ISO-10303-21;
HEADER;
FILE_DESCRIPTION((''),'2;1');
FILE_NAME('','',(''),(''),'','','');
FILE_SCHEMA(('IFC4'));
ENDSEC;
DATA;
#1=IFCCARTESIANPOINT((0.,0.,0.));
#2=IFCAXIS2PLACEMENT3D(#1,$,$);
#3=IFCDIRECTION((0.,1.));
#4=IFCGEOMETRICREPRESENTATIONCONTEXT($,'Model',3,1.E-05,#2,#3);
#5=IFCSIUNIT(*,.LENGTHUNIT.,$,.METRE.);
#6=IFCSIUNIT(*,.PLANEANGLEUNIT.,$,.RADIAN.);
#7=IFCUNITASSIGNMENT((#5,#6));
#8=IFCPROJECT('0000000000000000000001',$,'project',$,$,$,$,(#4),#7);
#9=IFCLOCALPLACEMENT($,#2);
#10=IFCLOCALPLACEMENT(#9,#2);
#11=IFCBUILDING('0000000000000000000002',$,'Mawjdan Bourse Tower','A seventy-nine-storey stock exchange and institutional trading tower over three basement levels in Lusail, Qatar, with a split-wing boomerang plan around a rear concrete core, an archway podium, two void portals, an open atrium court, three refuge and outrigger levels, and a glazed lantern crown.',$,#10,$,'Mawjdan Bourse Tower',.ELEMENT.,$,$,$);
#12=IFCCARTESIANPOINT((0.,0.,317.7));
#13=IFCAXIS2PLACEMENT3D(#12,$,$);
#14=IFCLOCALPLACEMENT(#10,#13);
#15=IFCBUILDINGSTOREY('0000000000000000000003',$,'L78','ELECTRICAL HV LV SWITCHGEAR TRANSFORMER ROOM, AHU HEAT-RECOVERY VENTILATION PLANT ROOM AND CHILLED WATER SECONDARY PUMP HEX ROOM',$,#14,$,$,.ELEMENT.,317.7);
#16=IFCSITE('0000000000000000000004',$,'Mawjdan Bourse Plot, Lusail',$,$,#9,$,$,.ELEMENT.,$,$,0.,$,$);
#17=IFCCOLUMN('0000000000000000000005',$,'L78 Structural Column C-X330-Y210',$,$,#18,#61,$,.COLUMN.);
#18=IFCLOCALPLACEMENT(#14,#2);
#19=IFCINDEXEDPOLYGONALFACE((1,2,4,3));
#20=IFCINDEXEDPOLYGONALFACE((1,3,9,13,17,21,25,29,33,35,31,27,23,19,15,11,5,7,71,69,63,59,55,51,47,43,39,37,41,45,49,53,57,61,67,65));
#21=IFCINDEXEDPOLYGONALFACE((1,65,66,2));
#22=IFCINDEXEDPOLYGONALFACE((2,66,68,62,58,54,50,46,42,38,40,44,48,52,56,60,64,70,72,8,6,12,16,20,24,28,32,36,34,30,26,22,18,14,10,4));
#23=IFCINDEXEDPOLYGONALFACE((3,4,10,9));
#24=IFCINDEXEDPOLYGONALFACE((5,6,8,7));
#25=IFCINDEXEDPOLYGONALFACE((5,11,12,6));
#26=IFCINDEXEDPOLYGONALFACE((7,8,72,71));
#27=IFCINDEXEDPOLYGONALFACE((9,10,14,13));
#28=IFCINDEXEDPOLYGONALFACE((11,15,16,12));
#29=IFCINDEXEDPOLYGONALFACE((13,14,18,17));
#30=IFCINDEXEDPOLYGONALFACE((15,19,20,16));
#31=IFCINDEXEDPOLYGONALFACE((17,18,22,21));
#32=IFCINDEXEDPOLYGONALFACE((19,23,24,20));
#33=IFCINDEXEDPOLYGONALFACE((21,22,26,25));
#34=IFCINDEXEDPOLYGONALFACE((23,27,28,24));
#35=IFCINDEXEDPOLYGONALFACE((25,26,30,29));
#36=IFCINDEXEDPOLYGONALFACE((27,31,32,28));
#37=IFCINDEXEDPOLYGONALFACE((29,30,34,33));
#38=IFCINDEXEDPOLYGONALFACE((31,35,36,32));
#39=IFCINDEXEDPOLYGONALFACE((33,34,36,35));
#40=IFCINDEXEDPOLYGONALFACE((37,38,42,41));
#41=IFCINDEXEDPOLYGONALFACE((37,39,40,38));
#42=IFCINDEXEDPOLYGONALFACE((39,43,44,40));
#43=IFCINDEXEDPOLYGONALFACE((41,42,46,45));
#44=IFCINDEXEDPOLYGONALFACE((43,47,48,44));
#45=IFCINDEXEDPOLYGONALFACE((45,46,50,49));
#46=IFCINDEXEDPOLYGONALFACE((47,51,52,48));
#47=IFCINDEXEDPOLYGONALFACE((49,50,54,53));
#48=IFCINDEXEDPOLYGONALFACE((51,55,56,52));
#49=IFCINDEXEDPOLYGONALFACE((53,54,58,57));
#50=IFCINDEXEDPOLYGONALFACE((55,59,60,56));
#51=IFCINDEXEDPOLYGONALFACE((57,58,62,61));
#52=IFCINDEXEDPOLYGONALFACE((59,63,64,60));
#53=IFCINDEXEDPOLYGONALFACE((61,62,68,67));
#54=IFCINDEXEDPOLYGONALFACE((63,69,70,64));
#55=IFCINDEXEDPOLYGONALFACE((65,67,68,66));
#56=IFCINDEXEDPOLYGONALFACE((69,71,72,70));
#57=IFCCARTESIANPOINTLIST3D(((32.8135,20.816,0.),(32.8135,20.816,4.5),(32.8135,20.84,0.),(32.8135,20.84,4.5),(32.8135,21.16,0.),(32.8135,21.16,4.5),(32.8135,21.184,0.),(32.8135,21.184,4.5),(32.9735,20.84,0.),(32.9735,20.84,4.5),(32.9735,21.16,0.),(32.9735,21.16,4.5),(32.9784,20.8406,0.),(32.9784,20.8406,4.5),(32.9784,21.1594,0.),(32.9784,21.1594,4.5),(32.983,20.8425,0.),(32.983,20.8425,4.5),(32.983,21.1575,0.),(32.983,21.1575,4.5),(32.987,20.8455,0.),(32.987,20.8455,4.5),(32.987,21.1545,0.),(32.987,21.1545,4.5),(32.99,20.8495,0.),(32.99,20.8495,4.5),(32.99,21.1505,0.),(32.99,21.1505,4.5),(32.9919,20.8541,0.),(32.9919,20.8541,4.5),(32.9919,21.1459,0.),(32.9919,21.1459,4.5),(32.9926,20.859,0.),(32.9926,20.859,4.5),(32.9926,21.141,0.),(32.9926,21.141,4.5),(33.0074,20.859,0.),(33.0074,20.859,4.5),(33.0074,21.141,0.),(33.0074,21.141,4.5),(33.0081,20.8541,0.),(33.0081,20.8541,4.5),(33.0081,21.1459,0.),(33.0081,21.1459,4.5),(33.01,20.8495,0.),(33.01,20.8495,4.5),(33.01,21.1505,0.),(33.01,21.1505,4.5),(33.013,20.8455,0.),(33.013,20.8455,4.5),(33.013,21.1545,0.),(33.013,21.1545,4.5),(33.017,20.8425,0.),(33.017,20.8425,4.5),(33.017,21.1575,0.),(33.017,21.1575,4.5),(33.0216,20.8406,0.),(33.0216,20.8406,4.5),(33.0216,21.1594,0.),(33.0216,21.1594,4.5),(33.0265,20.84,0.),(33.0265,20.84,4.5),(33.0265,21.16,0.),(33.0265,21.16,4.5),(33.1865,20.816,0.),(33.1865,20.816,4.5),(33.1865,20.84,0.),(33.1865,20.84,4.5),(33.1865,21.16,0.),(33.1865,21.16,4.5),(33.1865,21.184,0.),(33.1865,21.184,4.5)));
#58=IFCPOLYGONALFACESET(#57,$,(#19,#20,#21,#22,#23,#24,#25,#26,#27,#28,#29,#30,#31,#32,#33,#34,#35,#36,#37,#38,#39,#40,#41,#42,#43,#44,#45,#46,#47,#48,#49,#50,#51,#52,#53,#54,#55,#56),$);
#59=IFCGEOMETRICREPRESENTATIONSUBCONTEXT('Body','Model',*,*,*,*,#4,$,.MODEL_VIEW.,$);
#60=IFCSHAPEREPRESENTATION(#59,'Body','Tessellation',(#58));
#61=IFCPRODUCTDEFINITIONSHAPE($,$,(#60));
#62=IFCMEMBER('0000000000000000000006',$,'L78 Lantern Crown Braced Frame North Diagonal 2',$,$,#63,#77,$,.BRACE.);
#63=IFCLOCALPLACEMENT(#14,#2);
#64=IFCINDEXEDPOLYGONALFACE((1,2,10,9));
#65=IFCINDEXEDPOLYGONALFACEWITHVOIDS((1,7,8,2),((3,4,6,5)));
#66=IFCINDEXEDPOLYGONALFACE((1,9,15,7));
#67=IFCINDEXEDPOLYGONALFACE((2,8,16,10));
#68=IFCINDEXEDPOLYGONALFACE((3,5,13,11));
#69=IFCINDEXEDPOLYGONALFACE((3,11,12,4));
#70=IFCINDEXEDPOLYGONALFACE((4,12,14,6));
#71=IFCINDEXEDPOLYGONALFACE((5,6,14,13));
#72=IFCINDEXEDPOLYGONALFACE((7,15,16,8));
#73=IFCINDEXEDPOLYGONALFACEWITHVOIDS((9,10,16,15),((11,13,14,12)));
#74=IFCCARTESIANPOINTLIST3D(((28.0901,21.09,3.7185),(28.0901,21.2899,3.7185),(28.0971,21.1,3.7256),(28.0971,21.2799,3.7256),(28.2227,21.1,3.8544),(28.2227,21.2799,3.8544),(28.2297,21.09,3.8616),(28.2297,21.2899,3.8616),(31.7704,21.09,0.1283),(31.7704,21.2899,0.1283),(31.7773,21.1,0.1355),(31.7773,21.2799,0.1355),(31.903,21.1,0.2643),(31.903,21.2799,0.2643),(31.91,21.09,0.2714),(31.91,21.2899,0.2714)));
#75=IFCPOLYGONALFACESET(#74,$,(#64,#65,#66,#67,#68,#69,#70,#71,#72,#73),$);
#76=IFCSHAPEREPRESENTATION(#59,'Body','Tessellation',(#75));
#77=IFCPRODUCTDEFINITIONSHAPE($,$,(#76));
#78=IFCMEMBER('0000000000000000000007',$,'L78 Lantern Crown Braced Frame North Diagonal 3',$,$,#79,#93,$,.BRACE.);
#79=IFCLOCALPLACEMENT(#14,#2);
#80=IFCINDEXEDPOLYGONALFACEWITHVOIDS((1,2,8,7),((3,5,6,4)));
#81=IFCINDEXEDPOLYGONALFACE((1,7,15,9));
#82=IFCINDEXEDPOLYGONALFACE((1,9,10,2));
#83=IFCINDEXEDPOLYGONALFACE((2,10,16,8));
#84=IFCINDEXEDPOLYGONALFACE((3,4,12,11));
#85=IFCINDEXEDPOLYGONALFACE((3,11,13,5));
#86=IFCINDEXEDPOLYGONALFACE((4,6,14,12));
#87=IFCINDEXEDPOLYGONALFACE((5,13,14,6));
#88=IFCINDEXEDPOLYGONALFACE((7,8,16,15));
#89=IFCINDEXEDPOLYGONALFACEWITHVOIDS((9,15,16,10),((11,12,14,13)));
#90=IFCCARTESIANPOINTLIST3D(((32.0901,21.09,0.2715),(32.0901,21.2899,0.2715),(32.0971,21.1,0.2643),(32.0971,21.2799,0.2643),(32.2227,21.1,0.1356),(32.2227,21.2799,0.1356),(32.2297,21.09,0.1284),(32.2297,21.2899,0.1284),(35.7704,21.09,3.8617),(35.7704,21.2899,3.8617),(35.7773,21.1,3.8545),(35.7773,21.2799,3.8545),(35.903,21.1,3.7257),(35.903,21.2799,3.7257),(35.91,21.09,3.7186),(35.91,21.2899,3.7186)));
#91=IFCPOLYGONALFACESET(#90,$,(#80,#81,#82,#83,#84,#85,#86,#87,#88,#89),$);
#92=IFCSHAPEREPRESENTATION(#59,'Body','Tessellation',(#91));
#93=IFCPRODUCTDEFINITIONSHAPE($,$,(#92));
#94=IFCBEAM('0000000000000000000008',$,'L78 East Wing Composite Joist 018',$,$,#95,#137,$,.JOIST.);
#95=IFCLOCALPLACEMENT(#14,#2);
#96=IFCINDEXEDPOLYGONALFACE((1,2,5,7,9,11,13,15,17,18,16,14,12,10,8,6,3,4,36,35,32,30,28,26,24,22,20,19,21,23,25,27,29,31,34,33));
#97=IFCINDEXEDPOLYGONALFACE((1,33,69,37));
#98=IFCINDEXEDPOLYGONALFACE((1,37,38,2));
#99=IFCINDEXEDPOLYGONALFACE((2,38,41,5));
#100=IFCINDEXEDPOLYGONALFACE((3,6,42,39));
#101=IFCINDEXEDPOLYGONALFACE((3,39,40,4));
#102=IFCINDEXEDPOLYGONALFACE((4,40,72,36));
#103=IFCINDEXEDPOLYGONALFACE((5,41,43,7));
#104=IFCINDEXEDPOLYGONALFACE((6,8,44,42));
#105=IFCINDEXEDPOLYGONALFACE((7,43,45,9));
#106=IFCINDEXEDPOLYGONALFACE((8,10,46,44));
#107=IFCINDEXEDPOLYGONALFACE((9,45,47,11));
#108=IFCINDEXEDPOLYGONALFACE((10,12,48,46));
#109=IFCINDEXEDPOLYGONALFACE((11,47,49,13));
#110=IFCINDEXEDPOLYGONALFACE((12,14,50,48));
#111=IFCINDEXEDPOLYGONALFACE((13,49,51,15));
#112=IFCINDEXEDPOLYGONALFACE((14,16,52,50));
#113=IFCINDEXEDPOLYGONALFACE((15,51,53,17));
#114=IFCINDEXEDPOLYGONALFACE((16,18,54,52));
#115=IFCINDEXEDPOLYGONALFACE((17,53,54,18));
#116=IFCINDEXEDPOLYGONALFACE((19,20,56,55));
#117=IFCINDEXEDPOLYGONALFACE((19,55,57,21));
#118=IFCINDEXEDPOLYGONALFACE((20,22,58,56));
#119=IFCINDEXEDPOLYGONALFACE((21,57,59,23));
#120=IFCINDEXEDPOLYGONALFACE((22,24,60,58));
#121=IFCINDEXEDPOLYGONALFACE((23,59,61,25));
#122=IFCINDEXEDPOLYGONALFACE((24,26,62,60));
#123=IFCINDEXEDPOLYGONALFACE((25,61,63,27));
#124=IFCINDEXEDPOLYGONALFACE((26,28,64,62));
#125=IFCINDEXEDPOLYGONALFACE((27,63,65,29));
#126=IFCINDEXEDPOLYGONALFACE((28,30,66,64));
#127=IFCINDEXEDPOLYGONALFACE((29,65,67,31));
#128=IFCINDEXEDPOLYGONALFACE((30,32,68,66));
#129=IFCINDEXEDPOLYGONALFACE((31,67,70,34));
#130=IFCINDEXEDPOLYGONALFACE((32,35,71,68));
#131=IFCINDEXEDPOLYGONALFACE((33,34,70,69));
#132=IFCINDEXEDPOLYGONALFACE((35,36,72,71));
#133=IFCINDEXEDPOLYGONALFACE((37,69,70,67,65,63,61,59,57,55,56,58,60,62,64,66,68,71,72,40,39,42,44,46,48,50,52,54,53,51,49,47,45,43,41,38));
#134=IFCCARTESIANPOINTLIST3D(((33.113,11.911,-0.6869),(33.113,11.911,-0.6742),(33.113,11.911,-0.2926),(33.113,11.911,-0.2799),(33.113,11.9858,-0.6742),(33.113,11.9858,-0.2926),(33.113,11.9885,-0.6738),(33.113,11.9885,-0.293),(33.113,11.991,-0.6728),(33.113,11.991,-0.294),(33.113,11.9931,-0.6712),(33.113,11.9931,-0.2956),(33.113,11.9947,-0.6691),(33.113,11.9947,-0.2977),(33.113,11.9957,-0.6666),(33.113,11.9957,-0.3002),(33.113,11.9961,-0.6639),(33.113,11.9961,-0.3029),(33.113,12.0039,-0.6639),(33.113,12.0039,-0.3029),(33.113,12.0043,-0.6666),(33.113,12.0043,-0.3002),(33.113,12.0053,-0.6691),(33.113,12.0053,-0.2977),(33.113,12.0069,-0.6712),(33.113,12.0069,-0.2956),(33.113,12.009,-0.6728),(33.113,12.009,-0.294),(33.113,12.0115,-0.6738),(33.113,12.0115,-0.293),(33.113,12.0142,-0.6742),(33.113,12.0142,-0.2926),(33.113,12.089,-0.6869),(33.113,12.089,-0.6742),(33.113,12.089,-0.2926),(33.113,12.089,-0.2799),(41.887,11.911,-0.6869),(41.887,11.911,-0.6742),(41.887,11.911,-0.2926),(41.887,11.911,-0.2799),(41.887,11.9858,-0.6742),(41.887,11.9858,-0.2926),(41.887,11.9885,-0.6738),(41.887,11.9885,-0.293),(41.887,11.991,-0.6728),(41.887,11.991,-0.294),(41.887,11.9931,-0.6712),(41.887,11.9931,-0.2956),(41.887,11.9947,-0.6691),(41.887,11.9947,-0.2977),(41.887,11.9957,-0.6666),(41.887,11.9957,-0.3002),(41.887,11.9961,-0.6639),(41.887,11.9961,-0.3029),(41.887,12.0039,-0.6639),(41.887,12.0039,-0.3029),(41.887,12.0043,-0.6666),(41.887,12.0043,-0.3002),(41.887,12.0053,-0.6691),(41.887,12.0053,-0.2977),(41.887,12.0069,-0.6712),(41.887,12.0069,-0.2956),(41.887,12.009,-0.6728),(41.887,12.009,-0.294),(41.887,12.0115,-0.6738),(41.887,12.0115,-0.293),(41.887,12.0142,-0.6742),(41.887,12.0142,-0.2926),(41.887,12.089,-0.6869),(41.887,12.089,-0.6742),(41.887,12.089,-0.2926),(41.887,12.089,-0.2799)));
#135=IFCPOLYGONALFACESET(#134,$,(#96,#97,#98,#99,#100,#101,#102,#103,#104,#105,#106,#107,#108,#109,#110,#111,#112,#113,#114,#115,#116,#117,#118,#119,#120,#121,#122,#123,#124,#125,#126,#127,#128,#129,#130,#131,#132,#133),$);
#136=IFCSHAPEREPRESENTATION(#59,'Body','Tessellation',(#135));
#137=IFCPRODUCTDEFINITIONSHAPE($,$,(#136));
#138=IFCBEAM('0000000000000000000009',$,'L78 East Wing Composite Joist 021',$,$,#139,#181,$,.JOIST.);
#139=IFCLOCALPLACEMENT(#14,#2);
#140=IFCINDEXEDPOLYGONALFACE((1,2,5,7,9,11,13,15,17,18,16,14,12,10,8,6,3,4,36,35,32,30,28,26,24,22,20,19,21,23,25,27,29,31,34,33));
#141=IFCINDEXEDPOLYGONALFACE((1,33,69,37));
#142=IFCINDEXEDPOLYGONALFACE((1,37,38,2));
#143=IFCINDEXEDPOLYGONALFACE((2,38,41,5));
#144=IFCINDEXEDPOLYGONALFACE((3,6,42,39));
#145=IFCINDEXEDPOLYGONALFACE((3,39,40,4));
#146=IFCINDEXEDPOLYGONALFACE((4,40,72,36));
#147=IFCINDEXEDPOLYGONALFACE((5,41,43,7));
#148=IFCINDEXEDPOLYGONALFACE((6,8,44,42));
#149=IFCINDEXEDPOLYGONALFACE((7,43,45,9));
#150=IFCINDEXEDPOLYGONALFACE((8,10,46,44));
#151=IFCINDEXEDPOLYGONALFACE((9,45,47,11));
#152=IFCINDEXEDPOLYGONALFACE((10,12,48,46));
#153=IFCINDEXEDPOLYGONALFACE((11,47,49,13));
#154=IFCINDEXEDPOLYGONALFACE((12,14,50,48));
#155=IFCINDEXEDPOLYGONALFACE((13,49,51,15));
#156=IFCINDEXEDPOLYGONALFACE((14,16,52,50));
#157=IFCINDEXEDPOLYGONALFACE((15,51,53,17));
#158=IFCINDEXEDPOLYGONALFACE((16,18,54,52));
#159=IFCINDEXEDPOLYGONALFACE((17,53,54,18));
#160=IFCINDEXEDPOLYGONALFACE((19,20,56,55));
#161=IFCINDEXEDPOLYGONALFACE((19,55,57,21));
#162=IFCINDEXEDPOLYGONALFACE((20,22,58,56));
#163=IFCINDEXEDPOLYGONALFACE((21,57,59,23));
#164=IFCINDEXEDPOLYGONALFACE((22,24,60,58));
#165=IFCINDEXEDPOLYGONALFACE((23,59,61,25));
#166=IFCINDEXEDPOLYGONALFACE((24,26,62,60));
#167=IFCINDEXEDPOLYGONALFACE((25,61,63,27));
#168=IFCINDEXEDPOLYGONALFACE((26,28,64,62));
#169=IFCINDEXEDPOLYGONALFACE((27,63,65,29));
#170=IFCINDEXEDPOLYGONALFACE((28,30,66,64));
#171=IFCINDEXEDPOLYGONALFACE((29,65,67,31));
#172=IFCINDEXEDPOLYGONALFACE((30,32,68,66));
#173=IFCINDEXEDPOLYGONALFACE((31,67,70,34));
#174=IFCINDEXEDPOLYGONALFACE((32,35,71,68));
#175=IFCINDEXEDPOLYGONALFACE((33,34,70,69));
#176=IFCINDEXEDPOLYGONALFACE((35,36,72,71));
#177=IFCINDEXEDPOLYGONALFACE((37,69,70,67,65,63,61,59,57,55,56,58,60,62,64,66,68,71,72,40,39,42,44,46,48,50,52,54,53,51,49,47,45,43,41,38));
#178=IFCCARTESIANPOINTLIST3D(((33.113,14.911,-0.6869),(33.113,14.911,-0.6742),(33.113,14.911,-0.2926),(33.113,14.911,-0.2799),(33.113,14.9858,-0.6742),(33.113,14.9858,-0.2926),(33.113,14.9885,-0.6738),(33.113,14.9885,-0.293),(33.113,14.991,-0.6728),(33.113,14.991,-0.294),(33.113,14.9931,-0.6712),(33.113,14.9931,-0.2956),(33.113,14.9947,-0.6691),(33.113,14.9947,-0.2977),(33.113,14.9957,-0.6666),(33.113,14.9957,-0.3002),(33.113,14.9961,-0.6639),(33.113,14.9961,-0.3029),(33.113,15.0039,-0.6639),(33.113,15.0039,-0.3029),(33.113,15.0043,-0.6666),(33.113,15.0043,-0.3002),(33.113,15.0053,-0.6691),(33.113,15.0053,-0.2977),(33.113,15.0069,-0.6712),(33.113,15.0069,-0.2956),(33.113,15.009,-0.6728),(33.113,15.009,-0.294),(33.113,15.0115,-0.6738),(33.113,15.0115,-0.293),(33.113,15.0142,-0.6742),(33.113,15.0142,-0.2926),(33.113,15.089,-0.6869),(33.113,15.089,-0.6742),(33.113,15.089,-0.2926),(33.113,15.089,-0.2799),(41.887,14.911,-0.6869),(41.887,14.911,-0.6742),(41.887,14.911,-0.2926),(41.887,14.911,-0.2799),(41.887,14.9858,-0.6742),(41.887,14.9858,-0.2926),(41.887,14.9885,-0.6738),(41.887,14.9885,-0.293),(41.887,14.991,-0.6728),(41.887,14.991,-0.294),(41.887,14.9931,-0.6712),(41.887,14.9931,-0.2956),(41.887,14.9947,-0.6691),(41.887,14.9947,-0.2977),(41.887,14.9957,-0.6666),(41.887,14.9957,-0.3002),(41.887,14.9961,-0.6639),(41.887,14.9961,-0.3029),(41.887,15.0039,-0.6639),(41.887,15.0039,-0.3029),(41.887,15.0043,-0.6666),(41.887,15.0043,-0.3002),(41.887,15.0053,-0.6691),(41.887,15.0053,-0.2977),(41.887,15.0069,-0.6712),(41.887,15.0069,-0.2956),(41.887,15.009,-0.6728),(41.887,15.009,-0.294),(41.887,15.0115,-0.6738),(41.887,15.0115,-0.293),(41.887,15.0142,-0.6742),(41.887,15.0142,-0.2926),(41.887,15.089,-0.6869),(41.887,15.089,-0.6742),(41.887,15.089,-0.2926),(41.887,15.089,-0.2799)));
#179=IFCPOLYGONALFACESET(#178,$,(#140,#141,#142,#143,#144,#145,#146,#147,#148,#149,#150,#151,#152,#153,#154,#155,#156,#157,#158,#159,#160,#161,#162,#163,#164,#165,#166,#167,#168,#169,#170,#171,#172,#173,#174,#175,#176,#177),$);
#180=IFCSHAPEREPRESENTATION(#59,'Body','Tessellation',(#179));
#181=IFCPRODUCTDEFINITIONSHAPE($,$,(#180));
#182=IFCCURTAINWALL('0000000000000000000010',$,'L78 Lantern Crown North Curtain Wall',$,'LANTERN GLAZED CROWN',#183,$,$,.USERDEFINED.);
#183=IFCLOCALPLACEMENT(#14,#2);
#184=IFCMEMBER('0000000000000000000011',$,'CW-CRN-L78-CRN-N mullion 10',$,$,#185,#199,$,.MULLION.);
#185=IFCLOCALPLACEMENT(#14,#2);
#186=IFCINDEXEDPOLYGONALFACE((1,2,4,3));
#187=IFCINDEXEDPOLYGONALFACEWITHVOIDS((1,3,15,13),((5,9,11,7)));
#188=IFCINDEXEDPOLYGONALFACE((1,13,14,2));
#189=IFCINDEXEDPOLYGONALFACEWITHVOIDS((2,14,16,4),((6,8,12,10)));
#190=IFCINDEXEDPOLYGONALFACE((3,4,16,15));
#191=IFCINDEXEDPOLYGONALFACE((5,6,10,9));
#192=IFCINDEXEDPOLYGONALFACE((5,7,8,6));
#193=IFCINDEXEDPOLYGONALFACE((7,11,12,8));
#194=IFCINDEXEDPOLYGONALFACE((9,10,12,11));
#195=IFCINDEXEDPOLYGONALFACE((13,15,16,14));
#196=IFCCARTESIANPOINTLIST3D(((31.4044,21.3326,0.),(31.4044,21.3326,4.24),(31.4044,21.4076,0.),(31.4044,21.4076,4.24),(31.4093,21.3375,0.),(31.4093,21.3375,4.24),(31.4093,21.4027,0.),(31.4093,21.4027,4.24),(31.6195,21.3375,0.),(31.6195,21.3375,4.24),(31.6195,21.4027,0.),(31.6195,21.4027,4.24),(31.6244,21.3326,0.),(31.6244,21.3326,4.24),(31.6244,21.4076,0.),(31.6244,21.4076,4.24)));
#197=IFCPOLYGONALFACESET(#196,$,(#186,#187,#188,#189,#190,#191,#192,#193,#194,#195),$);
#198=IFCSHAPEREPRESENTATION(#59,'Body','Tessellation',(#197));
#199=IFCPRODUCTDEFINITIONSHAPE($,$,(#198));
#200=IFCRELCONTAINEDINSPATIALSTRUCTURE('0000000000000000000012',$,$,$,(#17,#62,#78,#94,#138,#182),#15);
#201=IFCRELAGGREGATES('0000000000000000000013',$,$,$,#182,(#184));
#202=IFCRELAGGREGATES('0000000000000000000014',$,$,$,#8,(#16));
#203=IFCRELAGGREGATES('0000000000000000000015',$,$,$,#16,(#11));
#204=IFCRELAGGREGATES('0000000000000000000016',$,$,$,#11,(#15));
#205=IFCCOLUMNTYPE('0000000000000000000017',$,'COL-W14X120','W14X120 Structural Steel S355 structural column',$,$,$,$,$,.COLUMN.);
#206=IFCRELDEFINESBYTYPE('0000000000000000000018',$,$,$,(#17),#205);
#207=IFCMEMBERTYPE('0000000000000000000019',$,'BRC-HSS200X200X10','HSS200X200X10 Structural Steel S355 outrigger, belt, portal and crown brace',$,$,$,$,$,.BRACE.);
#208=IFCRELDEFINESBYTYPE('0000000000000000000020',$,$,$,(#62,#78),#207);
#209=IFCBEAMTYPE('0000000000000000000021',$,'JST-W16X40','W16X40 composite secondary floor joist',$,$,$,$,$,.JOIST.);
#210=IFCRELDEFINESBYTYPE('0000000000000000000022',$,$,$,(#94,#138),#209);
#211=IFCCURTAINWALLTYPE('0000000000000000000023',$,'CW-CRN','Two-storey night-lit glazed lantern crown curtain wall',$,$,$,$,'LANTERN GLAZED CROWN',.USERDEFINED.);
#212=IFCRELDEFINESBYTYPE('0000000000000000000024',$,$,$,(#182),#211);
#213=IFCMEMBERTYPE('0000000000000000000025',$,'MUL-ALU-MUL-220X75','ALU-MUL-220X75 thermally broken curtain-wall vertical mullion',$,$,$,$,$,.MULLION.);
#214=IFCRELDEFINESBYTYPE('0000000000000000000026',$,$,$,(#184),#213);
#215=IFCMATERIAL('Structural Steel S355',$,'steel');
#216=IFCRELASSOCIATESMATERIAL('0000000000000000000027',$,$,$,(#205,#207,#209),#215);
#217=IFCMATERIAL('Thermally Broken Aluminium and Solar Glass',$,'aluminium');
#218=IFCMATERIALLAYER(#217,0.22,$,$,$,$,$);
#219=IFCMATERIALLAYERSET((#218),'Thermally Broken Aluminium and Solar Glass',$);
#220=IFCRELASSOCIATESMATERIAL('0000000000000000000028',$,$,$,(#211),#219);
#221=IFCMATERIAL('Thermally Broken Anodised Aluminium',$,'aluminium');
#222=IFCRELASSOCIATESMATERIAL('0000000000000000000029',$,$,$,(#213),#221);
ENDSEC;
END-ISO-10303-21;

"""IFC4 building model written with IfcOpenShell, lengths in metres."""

from ifc_helpers import new_model, si_unit, direction, frame, origin, origin_2d, place, context, subcontext, project, spatial, hollow_rectangle, i_section, extrude, material, layer, layer_set, material_profile, profile_set, type_object, element, aggregate, save


model = new_model("IFC4")

# Units and contexts
model_context = context("Model", 3, precision=1e-05, world=origin(), true_north=direction((0.0, 1.0)))
body_context = subcontext(model_context, "Body", "Model", "MODEL_VIEW")
ifc_project = project(units=[si_unit("LENGTHUNIT", "METRE"), si_unit("PLANEANGLEUNIT", "RADIAN")], contexts=[model_context])

# Site, building, storey
site_placement = place(None, origin())
site = spatial("IfcSite", under=ifc_project, at=site_placement, Name="Mawjdan Bourse Plot, Lusail", CompositionType="ELEMENT", RefElevation=0.0)
building_placement = place(site_placement, origin())
building = spatial("IfcBuilding", under=site, at=building_placement, Name="Mawjdan Bourse Tower", Description="A seventy-nine-storey stock exchange and institutional trading tower over three basement levels in Lusail, Qatar, with a split-wing boomerang plan around a rear concrete core, an archway podium, two void portals, an open atrium court, three refuge and outrigger levels, and a glazed lantern crown.", LongName="Mawjdan Bourse Tower", CompositionType="ELEMENT")
storey_placement = place(building_placement, frame((0.0, 0.0, 317.7)))
storey = spatial("IfcBuildingStorey", under=building, at=storey_placement, Name="L78", Description="ELECTRICAL HV LV SWITCHGEAR TRANSFORMER ROOM, AHU HEAT-RECOVERY VENTILATION PLANT ROOM AND CHILLED WATER SECONDARY PUMP HEX ROOM", CompositionType="ELEMENT", Elevation=317.7)

# Column
ifc_material_1 = material(Name="Structural Steel S355", Category="steel")
ifc_material_profile_1 = material_profile(ifc_material_1, i_section(OverallWidth=0.373, OverallDepth=0.3679, WebThickness=0.0149, FlangeThickness=0.0239, FilletRadius=0.019, at=origin_2d()), Name="W14X120")
ifc_profile_set_1 = profile_set([ifc_material_profile_1], Name="Structural Steel S355")
column_type = type_object("IfcColumnType", Name="COL-W14X120", Description="W14X120 Structural Steel S355 structural column", PredefinedType="COLUMN", material=ifc_profile_set_1)
column_placement = place(storey_placement, frame((33.0, 21.0, 0.0), z_axis=(0.0, 0.0, 1.0), x_axis=(1.0, 0.0, 0.0)))
element("IfcColumn", 1, at=column_placement, inside=storey, type_object=column_type, Name="L78 Structural Column C-X330-Y210", PredefinedType="COLUMN", context=body_context, shape_type="SweptSolid", body=[
    extrude(i_section(OverallWidth=0.373, OverallDepth=0.3679, WebThickness=0.0149, FlangeThickness=0.0239, FilletRadius=0.019, at=origin_2d()), origin(), (0.0, 0.0, 1.0), 4.5),
])

# Members
ifc_material_profile_2 = material_profile(ifc_material_1, hollow_rectangle(XDim=0.2, YDim=0.2, WallThickness=0.01, at=origin_2d()), Name="HSS200X200X10")
ifc_profile_set_2 = profile_set([ifc_material_profile_2], Name="Structural Steel S355")
member_type_1 = type_object("IfcMemberType", Name="BRC-HSS200X200X10", Description="HSS200X200X10 Structural Steel S355 outrigger, belt, portal and crown brace", PredefinedType="BRACE", material=ifc_profile_set_2)
for number, where, z_axis, x_axis, name in (
    (2, (28.1599, 21.1899, 3.79), (0.715814, 0.0, -0.698291), (0.0, 1.0, 0.0), "L78 Lantern Crown Braced Frame North Diagonal 2"),
    (3, (32.1599, 21.1899, 0.2), (0.715814, 0.0, 0.698291), (0.0, 1.0, 0.0), "L78 Lantern Crown Braced Frame North Diagonal 3"),
):
    element("IfcMember", number, at=place(storey_placement, frame(where, z_axis=z_axis, x_axis=x_axis)), inside=storey, type_object=member_type_1, Name=name, PredefinedType="BRACE", context=body_context, shape_type="SweptSolid", body=[
        extrude(hollow_rectangle(XDim=0.2, YDim=0.2, WallThickness=0.01, at=origin_2d()), origin(), (0.0, 0.0, 1.0), 5.1414),
    ])

# Beams
ifc_material_profile_3 = material_profile(ifc_material_1, i_section(OverallWidth=0.178, OverallDepth=0.407, WebThickness=0.0078, FlangeThickness=0.0127, FilletRadius=0.0103, at=origin_2d()), Name="W16X40")
ifc_profile_set_3 = profile_set([ifc_material_profile_3], Name="Structural Steel S355")
beam_type_1 = type_object("IfcBeamType", Name="JST-W16X40", Description="W16X40 composite secondary floor joist", PredefinedType="JOIST", material=ifc_profile_set_3)
for number, where, z_axis, x_axis, name in (
    (4, (33.113, 12.0, -0.4834), (1.0, 0.0, 0.0), (0.0, 1.0, 0.0), "L78 East Wing Composite Joist 018"),
    (5, (33.113, 15.0, -0.4834), (1.0, 0.0, 0.0), (0.0, 1.0, 0.0), "L78 East Wing Composite Joist 021"),
):
    element("IfcBeam", number, at=place(storey_placement, frame(where, z_axis=z_axis, x_axis=x_axis)), inside=storey, type_object=beam_type_1, Name=name, PredefinedType="JOIST", context=body_context, shape_type="SweptSolid", body=[
        extrude(i_section(OverallWidth=0.178, OverallDepth=0.407, WebThickness=0.0078, FlangeThickness=0.0127, FilletRadius=0.0103, at=origin_2d()), origin(), (0.0, 0.0, 1.0), 8.7739),
    ])

# Curtain wall, member
ifc_material_2 = material(Name="Thermally Broken Aluminium and Solar Glass", Category="aluminium")
ifc_layer_1 = layer(ifc_material_2, 0.22)
ifc_layer_set_1 = layer_set([ifc_layer_1], Name="Thermally Broken Aluminium and Solar Glass")
curtain_wall_type = type_object("IfcCurtainWallType", Name="CW-CRN", Description="Two-storey night-lit glazed lantern crown curtain wall", ElementType="LANTERN GLAZED CROWN", PredefinedType="USERDEFINED", material=ifc_layer_set_1)
curtain_wall_placement = place(storey_placement, origin())
curtain_wall = element("IfcCurtainWall", 6, at=curtain_wall_placement, inside=storey, type_object=curtain_wall_type, Name="L78 Lantern Crown North Curtain Wall", ObjectType="LANTERN GLAZED CROWN", PredefinedType="USERDEFINED")
ifc_material_3 = material(Name="Thermally Broken Anodised Aluminium", Category="aluminium")
ifc_material_profile_4 = material_profile(ifc_material_3, hollow_rectangle(XDim=0.075, YDim=0.22, WallThickness=0.0049, at=origin_2d()), Name="ALU-MUL-220X75")
ifc_profile_set_4 = profile_set([ifc_material_profile_4], Name="Thermally Broken Anodised Aluminium")
member_type_2 = type_object("IfcMemberType", Name="MUL-ALU-MUL-220X75", Description="ALU-MUL-220X75 thermally broken curtain-wall vertical mullion", PredefinedType="MULLION", material=ifc_profile_set_4)
member_1_placement = place(storey_placement, frame((31.5144, 21.3701, 0.0), z_axis=(0.0, 0.0, 1.0), x_axis=(0.0, -1.0, 0.0)))
member_1 = element("IfcMember", 7, at=member_1_placement, type_object=member_type_2, Name="CW-CRN-L78-CRN-N mullion 10", PredefinedType="MULLION", context=body_context, shape_type="SweptSolid", body=[
    extrude(hollow_rectangle(XDim=0.075, YDim=0.22, WallThickness=0.0049, at=origin_2d()), origin(), (0.0, 0.0, 1.0), 4.24),
])

aggregate(curtain_wall, [member_1])

save(model, "model.ifc")
